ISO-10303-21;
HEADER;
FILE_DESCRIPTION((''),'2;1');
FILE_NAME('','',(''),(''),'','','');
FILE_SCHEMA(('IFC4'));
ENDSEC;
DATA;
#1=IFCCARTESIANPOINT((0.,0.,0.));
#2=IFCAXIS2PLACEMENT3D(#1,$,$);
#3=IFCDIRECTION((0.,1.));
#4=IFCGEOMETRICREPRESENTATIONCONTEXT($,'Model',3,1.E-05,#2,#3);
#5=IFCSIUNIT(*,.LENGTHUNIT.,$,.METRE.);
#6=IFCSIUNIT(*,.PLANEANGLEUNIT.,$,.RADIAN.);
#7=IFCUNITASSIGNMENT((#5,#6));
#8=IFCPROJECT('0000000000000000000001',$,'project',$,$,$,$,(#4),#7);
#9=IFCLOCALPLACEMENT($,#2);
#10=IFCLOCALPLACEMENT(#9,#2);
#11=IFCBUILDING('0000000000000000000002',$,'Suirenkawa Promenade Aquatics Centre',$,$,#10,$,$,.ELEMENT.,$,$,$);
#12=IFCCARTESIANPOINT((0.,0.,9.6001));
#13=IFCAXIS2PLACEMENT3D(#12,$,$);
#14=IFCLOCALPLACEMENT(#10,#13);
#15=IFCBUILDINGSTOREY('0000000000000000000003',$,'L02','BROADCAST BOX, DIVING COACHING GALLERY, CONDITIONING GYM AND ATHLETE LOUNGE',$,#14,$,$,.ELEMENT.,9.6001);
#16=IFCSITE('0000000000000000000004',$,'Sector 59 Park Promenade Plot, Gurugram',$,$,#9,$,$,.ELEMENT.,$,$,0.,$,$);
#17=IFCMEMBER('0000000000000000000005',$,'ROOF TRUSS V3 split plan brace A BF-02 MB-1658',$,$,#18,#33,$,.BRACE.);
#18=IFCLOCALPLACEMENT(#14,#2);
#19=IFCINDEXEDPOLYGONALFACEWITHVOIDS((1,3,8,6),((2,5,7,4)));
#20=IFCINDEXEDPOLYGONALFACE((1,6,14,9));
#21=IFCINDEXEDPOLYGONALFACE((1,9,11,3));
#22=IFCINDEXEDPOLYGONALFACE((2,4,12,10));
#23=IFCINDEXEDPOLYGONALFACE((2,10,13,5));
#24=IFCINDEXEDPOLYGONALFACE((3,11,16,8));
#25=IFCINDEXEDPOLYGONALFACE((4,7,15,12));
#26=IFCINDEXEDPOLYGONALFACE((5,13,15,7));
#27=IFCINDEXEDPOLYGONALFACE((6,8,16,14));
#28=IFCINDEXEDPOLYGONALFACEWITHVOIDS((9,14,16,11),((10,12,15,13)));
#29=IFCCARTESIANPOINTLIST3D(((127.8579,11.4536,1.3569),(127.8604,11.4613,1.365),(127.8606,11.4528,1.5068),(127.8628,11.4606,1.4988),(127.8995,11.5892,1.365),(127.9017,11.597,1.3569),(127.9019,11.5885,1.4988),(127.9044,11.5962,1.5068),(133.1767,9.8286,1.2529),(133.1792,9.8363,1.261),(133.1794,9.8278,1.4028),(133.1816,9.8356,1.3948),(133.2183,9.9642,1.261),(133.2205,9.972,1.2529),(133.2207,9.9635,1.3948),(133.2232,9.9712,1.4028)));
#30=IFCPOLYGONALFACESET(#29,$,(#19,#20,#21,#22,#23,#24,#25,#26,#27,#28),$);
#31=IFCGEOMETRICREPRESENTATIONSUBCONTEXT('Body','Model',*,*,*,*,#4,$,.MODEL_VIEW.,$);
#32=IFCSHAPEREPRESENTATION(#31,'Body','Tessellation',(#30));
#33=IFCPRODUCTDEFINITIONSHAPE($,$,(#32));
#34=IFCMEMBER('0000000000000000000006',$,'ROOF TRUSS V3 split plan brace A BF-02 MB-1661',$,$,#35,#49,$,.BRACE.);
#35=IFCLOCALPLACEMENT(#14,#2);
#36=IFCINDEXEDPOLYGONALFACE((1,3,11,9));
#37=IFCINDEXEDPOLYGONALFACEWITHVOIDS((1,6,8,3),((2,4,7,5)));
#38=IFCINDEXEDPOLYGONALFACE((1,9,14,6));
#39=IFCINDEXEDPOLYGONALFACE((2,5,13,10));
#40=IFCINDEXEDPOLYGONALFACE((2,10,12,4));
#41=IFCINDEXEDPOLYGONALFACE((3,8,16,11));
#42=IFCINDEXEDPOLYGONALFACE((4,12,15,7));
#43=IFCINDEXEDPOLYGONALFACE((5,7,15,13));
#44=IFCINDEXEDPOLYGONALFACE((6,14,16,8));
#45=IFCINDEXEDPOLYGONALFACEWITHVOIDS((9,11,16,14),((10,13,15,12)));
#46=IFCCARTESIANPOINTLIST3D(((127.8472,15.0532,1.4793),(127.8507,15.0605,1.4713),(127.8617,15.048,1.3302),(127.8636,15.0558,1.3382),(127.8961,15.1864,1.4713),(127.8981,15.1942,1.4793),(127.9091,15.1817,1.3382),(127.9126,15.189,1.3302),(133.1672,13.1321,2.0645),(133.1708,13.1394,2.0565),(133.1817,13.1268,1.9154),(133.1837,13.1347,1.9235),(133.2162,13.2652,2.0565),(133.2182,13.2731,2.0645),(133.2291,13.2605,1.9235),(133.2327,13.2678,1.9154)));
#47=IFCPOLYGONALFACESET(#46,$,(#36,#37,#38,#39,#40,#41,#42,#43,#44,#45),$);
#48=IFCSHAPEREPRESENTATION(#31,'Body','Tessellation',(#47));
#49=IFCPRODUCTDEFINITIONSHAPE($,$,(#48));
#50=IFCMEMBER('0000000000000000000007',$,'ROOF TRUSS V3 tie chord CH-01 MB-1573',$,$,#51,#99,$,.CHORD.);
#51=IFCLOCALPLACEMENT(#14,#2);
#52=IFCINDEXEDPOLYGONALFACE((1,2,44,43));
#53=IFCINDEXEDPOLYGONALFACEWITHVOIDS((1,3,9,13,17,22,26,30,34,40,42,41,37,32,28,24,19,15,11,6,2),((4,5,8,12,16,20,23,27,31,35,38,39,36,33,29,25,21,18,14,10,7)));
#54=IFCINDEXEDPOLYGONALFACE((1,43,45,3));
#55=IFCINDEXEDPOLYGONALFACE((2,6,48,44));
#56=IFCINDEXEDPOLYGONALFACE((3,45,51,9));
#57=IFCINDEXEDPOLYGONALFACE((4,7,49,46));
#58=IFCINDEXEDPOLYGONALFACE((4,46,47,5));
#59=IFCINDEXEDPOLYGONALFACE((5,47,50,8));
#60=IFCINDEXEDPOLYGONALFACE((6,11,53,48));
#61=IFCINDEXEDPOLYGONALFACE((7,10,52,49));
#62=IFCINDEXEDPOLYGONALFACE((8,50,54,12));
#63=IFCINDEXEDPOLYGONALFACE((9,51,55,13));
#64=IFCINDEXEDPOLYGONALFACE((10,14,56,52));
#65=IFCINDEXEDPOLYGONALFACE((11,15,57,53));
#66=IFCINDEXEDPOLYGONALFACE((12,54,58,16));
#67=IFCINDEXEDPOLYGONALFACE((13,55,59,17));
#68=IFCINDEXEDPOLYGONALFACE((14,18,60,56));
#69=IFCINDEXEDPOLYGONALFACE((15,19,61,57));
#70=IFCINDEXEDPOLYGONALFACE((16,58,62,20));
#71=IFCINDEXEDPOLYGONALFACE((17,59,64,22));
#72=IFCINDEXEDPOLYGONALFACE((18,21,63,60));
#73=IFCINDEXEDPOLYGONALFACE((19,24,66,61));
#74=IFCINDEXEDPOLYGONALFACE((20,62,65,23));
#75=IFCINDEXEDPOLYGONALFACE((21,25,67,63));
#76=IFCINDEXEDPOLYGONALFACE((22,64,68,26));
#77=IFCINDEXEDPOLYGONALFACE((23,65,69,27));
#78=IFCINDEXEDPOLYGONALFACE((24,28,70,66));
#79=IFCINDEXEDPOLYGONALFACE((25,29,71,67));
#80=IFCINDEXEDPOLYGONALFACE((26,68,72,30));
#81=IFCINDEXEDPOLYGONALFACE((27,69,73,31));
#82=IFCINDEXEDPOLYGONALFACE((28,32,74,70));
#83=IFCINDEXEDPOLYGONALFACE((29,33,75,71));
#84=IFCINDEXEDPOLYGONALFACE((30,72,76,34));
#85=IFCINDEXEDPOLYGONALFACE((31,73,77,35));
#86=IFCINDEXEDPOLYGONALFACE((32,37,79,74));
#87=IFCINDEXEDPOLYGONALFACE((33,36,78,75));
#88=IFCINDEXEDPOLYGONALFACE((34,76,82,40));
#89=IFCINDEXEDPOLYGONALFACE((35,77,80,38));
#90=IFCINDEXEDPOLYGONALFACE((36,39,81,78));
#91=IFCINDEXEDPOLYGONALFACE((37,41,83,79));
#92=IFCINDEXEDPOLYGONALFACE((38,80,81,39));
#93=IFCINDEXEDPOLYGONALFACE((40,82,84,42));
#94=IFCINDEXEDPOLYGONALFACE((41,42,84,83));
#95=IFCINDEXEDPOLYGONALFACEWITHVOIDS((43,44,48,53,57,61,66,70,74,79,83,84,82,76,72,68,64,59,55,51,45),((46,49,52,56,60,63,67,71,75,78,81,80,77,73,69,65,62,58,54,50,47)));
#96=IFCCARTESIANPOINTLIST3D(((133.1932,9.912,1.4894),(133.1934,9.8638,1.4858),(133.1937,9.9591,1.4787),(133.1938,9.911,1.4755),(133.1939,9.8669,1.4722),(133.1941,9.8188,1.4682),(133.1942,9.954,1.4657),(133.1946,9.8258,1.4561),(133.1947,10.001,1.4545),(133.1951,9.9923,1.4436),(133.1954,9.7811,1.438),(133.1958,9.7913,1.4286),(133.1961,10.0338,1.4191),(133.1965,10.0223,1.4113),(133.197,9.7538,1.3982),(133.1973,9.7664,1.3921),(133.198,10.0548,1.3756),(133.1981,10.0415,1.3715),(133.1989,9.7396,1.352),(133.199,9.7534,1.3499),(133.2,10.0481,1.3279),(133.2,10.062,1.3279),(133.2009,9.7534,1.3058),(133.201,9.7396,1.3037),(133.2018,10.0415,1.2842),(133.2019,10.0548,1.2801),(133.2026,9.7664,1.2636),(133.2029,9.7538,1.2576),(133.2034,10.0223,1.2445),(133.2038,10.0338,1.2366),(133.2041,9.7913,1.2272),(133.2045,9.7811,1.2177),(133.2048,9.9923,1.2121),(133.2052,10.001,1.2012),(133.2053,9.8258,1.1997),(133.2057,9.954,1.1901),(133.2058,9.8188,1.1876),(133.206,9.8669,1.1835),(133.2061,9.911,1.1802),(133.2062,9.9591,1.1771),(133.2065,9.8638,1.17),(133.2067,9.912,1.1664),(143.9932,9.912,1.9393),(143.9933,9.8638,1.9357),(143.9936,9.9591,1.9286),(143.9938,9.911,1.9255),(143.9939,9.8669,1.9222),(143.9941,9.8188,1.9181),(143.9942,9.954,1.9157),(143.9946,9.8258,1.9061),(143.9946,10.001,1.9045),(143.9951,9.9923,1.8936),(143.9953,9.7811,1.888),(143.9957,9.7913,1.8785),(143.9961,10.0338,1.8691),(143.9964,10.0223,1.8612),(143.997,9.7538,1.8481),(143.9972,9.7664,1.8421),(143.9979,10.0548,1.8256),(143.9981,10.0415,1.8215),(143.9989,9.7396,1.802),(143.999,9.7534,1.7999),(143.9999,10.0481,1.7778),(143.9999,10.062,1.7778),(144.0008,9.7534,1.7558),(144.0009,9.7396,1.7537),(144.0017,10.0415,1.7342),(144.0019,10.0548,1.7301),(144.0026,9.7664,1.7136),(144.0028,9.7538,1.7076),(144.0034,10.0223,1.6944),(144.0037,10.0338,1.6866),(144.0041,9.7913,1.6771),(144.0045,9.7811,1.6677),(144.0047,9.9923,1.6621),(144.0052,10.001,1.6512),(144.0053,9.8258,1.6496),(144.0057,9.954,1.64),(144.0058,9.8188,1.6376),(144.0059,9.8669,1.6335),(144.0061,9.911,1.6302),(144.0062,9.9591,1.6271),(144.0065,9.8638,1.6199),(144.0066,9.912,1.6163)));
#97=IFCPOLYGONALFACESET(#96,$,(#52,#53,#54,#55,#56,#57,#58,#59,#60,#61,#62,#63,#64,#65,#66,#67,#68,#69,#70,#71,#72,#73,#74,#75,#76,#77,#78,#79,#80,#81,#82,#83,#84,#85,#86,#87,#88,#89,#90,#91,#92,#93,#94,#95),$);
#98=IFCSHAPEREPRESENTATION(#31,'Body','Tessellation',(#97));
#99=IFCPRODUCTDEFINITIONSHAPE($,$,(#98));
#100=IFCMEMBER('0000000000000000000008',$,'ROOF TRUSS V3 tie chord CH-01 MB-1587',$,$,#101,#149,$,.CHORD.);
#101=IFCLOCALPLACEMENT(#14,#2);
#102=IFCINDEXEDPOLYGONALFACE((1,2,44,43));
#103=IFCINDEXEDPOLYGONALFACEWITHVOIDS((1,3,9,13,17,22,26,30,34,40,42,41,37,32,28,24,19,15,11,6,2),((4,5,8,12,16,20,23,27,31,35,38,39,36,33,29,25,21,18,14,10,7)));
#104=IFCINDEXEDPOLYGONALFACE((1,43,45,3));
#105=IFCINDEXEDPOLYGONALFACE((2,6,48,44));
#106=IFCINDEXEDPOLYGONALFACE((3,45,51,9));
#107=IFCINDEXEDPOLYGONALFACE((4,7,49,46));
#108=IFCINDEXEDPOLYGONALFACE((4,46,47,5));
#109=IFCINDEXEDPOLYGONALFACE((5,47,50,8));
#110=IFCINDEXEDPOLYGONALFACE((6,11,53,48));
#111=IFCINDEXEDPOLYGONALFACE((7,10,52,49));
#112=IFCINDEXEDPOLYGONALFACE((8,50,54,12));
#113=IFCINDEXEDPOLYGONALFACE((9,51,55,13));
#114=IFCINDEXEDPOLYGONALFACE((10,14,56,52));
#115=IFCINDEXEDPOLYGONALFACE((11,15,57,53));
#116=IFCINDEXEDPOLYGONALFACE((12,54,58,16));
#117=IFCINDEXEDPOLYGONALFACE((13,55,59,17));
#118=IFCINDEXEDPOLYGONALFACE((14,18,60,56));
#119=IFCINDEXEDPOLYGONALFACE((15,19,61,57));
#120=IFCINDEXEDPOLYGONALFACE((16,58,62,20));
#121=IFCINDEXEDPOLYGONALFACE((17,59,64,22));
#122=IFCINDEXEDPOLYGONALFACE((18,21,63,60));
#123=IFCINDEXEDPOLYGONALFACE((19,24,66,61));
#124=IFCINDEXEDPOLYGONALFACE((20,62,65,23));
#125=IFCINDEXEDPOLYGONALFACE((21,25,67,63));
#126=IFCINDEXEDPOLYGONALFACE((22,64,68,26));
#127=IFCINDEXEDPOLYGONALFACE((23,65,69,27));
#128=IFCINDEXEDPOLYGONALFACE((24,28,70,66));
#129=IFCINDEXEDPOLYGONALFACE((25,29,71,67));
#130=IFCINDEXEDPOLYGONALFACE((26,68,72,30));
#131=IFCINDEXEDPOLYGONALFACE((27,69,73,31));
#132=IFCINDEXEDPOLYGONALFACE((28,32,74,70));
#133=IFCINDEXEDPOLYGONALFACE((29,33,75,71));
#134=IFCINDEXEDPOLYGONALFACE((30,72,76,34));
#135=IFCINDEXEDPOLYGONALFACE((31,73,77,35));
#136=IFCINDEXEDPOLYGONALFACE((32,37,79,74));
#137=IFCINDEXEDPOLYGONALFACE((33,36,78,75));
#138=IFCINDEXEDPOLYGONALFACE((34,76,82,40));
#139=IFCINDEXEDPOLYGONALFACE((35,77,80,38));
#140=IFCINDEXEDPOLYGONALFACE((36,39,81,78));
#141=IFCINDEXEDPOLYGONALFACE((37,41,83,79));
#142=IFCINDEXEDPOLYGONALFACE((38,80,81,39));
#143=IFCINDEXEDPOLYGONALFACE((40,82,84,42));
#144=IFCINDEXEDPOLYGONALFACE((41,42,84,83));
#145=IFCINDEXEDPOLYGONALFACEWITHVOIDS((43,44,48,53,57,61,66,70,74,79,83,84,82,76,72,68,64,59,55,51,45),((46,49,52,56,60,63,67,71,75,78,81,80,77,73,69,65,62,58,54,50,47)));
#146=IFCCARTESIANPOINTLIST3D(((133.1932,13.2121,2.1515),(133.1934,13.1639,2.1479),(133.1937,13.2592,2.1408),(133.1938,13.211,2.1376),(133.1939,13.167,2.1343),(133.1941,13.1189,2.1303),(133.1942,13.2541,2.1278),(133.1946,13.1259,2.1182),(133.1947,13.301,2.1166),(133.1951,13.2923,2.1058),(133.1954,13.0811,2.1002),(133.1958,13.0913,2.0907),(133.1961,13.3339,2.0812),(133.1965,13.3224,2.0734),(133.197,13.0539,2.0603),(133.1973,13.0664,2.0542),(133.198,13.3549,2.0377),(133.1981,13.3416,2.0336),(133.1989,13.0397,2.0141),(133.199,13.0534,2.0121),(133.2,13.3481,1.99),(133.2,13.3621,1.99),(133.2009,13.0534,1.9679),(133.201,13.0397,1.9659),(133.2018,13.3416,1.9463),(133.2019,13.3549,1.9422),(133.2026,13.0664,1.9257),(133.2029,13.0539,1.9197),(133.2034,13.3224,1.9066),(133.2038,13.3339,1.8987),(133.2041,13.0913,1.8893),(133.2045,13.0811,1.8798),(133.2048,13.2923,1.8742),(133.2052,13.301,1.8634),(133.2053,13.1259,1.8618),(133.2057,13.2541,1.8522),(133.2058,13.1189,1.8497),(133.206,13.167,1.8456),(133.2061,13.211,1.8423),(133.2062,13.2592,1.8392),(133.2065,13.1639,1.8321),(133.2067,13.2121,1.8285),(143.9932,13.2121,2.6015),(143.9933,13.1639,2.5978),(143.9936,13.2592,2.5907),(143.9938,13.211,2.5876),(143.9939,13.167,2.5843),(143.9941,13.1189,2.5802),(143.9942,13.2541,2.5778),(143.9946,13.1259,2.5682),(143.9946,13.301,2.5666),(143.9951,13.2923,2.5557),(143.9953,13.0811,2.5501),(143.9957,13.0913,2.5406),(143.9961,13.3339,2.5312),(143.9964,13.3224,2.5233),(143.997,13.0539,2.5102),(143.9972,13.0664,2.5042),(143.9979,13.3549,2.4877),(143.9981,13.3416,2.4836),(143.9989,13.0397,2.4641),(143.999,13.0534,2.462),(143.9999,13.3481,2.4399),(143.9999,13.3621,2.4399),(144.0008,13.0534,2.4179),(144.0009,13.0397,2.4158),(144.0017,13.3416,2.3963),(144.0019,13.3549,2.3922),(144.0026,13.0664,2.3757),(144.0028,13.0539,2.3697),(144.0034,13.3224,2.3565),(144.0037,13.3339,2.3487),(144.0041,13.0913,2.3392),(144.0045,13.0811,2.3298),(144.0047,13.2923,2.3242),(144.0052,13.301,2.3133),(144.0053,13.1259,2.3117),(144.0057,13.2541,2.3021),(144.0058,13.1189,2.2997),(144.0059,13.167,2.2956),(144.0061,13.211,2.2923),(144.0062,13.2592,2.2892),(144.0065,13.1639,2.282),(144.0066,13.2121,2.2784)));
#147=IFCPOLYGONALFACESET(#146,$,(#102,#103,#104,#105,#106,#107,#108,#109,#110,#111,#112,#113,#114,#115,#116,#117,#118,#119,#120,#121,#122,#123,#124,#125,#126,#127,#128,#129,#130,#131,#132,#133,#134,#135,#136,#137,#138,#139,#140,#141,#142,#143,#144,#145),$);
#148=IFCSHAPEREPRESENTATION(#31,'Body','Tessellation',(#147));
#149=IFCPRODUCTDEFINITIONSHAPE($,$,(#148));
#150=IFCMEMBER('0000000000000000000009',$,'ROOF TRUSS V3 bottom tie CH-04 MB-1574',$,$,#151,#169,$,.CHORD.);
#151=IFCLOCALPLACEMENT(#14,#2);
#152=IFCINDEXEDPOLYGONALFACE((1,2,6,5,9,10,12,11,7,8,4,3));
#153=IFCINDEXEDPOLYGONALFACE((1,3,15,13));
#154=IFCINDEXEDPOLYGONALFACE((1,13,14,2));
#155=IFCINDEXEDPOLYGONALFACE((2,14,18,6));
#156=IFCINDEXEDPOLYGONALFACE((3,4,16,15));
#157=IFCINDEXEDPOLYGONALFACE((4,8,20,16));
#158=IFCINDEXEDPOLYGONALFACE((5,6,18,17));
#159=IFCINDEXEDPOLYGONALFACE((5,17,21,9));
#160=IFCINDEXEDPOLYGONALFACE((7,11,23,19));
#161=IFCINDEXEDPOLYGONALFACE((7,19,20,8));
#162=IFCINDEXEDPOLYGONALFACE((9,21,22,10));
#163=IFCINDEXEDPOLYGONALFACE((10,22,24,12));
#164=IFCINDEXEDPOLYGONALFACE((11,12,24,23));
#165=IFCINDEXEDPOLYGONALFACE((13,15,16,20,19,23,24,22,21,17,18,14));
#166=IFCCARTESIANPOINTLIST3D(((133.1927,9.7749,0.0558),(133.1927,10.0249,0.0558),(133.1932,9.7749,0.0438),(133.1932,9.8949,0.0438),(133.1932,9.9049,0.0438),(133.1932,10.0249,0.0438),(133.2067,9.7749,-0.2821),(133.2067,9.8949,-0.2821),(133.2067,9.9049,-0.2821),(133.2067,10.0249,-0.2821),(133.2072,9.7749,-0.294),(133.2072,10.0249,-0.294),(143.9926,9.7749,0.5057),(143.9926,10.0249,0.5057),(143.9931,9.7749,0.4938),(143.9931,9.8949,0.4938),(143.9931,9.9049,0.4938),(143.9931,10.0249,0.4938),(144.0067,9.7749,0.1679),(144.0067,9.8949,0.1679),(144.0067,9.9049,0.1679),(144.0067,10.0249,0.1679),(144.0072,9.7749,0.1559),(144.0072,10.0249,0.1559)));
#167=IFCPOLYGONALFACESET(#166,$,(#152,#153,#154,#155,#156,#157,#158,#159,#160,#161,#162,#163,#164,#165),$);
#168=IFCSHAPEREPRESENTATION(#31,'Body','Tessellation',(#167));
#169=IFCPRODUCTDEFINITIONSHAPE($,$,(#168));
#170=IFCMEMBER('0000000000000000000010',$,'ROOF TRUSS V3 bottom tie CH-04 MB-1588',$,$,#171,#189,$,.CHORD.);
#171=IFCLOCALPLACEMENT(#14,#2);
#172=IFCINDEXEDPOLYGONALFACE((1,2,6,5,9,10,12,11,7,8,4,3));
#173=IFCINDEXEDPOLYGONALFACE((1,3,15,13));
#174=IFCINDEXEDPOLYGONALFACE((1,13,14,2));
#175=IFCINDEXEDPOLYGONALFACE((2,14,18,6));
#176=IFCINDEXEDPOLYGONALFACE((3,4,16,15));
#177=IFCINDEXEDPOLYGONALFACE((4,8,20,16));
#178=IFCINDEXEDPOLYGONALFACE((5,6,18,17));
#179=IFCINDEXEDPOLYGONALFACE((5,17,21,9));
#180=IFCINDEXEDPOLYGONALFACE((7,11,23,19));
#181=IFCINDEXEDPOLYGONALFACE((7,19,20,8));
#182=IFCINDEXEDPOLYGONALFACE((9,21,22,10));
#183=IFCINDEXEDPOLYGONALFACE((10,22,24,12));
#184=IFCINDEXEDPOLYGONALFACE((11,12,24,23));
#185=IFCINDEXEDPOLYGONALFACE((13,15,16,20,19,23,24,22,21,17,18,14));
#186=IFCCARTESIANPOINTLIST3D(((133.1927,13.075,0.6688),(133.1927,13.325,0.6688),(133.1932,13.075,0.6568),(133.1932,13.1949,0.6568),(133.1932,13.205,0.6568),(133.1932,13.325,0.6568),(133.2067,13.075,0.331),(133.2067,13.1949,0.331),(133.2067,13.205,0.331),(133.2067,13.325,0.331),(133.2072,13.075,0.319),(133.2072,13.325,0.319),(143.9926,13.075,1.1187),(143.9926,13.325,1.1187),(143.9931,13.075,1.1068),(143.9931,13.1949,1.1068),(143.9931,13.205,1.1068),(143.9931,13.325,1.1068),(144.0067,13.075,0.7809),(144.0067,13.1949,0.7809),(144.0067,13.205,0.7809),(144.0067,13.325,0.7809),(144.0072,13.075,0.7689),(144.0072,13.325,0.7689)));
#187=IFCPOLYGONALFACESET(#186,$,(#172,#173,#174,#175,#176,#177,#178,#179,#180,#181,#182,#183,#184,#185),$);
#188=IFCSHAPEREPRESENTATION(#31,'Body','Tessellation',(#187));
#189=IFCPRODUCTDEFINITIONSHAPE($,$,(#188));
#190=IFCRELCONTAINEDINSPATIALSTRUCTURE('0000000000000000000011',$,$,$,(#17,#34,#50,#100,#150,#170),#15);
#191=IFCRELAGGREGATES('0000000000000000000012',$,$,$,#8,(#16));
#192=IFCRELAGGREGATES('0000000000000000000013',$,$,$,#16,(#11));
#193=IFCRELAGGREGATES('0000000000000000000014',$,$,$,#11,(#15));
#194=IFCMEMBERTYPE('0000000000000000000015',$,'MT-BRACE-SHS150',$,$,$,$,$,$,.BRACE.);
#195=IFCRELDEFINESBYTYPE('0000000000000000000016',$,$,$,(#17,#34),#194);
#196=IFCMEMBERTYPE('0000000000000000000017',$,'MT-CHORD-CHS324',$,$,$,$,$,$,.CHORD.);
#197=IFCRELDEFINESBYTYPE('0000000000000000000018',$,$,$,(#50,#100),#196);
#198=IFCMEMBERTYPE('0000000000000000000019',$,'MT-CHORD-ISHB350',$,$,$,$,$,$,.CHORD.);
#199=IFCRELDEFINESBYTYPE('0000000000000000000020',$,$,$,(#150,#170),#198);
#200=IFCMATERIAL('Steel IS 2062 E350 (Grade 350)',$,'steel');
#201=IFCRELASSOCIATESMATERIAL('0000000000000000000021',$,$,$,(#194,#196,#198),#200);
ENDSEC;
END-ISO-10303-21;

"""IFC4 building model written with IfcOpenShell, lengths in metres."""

from ifc_helpers import new_model, si_unit, direction, frame, origin, origin_2d, place, context, subcontext, project, spatial, hollow_rectangle, hollow_circle, i_section, extrude, material, material_profile, profile_set, type_object, element, save


model = new_model("IFC4")

# Units and contexts
model_context = context("Model", 3, precision=1e-05, world=origin(), true_north=direction((0.0, 1.0)))
body_context = subcontext(model_context, "Body", "Model", "MODEL_VIEW")
ifc_project = project(units=[si_unit("LENGTHUNIT", "METRE"), si_unit("PLANEANGLEUNIT", "RADIAN")], contexts=[model_context])

# Site, building, storey
site_placement = place(None, origin())
site = spatial("IfcSite", under=ifc_project, at=site_placement, Name="Sector 59 Park Promenade Plot, Gurugram", CompositionType="ELEMENT", RefElevation=0.0)
building_placement = place(site_placement, origin())
building = spatial("IfcBuilding", under=site, at=building_placement, Name="Suirenkawa Promenade Aquatics Centre", CompositionType="ELEMENT")
storey_placement = place(building_placement, frame((0.0, 0.0, 9.6001)))
storey = spatial("IfcBuildingStorey", under=building, at=storey_placement, Name="L02", Description="BROADCAST BOX, DIVING COACHING GALLERY, CONDITIONING GYM AND ATHLETE LOUNGE", CompositionType="ELEMENT", Elevation=9.6001)

# Shared definitions
ifc_material = material(Name="Steel IS 2062 E350 (Grade 350)", Category="steel")

# Members
ifc_material_profile_1 = material_profile(ifc_material, hollow_rectangle(XDim=0.1499, YDim=0.1499, WallThickness=0.0081, at=origin_2d()), Name="SHS 150x150x8", Category="steel")
ifc_profile_set_1 = profile_set([ifc_material_profile_1], Name="Steel IS 2062 E350 (Grade 350)")
member_type_1 = type_object("IfcMemberType", Name="MT-BRACE-SHS150", PredefinedType="BRACE", material=ifc_profile_set_1)
member_1_placement = place(storey_placement, frame((133.2, 9.8999, 1.3279), z_axis=(-0.956195, 0.292134, 0.018697), x_axis=(-0.292185, -0.956362, 0.0)))
element("IfcMember", 1, at=member_1_placement, inside=storey, type_object=member_type_1, Name="ROOF TRUSS V3 split plan brace A BF-02 MB-1658", PredefinedType="BRACE", context=body_context, shape_type="SweptSolid", body=[
    extrude(hollow_rectangle(XDim=0.1499, YDim=0.1499, WallThickness=0.0081, at=origin_2d()), origin(), (0.0, 0.0, 1.0), 5.5625),
])
member_2_placement = place(storey_placement, frame((133.2, 13.2, 1.99), z_axis=(-0.93556, 0.337842, -0.102911), x_axis=(-0.339646, -0.940554, 0.0)))
element("IfcMember", 2, at=member_2_placement, inside=storey, type_object=member_type_1, Name="ROOF TRUSS V3 split plan brace A BF-02 MB-1661", PredefinedType="BRACE", context=body_context, shape_type="SweptSolid", body=[
    extrude(hollow_rectangle(XDim=0.1499, YDim=0.1499, WallThickness=0.0081, at=origin_2d()), origin(), (0.0, 0.0, 1.0), 5.6865),
])
ifc_material_profile_2 = material_profile(ifc_material, hollow_circle(Radius=0.1621, WallThickness=0.0139, at=origin_2d()), Name="CHS 324x14", Category="steel")
ifc_profile_set_2 = profile_set([ifc_material_profile_2], Name="Steel IS 2062 E350 (Grade 350)")
member_type_2 = type_object("IfcMemberType", Name="MT-CHORD-CHS324", PredefinedType="CHORD", material=ifc_profile_set_2)
for number, where, z_axis, x_axis, name in (
    (3, (133.2, 9.8999, 1.3279), (0.999133, 0.0, 0.041626), (0.0, 1.0, 0.0), "ROOF TRUSS V3 tie chord CH-01 MB-1573"),
    (4, (133.2, 13.2, 1.99), (0.999133, 0.0, 0.041626), (0.0, 1.0, 0.0), "ROOF TRUSS V3 tie chord CH-01 MB-1587"),
):
    element("IfcMember", number, at=place(storey_placement, frame(where, z_axis=z_axis, x_axis=x_axis)), inside=storey, type_object=member_type_2, Name=name, PredefinedType="CHORD", context=body_context, shape_type="SweptSolid", body=[
        extrude(hollow_circle(Radius=0.1621, WallThickness=0.0139, at=origin_2d()), origin(), (0.0, 0.0, 1.0), 10.8093),
    ])
ifc_material_profile_3 = material_profile(ifc_material, i_section(OverallWidth=0.25, OverallDepth=0.3501, WebThickness=0.01, FlangeThickness=0.012, at=origin_2d()), Name="ISHB 350", Category="steel")
ifc_profile_set_3 = profile_set([ifc_material_profile_3], Name="Steel IS 2062 E350 (Grade 350)")
member_type_3 = type_object("IfcMemberType", Name="MT-CHORD-ISHB350", PredefinedType="CHORD", material=ifc_profile_set_3)
for number, where, z_axis, x_axis, name in (
    (5, (133.2, 9.8999, -0.1191), (0.999133, 0.0, 0.041626), (0.0, 1.0, 0.0), "ROOF TRUSS V3 bottom tie CH-04 MB-1574"),
    (6, (133.2, 13.2, 0.4939), (0.999133, 0.0, 0.041626), (0.0, 1.0, 0.0), "ROOF TRUSS V3 bottom tie CH-04 MB-1588"),
):
    element("IfcMember", number, at=place(storey_placement, frame(where, z_axis=z_axis, x_axis=x_axis)), inside=storey, type_object=member_type_3, Name=name, PredefinedType="CHORD", context=body_context, shape_type="SweptSolid", body=[
        extrude(i_section(OverallWidth=0.25, OverallDepth=0.3501, WebThickness=0.01, FlangeThickness=0.012, at=origin_2d()), origin(), (0.0, 0.0, 1.0), 10.8093),
    ])

save(model, "model.ifc")
